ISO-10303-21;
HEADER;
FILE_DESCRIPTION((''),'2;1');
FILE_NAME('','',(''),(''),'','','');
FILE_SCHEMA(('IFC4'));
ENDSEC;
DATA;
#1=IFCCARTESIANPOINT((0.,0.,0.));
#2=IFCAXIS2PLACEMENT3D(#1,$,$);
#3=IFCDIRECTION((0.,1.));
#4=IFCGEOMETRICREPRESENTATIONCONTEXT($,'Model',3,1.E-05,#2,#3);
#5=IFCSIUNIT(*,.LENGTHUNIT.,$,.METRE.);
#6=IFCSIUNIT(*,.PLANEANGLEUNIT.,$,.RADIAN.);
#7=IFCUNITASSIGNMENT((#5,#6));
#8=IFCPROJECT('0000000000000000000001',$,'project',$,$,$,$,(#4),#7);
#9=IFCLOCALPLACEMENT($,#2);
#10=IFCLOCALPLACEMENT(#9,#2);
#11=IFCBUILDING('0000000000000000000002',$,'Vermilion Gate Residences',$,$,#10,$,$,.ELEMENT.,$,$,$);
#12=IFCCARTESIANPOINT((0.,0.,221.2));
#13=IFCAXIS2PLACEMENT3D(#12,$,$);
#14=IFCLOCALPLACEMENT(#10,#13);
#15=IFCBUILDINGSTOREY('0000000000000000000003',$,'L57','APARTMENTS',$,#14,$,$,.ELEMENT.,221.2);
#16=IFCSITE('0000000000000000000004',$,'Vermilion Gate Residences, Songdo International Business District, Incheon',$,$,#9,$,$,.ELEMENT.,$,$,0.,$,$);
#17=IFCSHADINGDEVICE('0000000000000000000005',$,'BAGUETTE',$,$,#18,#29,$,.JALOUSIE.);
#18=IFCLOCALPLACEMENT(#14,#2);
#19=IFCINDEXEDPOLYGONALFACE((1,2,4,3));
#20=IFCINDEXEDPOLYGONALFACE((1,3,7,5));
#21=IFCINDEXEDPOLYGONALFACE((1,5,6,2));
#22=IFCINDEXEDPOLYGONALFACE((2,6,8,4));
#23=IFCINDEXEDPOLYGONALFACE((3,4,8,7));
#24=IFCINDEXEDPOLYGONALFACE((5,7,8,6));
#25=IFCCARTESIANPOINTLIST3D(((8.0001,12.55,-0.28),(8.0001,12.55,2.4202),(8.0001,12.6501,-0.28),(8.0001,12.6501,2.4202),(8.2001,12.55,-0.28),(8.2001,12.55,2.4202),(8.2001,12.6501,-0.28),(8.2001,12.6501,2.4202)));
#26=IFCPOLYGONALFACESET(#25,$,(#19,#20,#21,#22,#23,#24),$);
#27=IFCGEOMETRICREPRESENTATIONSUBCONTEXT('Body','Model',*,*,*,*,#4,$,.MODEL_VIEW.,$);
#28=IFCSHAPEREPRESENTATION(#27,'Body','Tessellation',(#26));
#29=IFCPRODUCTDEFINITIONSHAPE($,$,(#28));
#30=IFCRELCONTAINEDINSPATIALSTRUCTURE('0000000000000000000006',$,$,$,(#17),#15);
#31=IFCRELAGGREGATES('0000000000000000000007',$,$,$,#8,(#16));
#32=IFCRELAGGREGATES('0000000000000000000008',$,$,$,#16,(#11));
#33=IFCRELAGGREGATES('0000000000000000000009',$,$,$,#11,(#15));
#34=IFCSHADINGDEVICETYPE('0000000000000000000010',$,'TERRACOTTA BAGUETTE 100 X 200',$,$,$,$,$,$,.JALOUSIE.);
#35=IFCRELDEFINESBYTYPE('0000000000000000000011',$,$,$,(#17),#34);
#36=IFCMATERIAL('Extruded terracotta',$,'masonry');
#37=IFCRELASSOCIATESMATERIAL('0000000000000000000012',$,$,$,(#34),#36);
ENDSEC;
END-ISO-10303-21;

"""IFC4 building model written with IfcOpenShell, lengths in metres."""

from ifc_helpers import new_model, si_unit, direction, frame, origin, origin_2d, place, context, subcontext, project, spatial, rectangle, extrude, material, material_profile, profile_set, type_object, element, save


model = new_model("IFC4")

# Units and contexts
model_context = context("Model", 3, precision=1e-05, world=origin(), true_north=direction((0.0, 1.0)))
body_context = subcontext(model_context, "Body", "Model", "MODEL_VIEW")
ifc_project = project(units=[si_unit("LENGTHUNIT", "METRE"), si_unit("PLANEANGLEUNIT", "RADIAN")], contexts=[model_context])

# Site, building, storey
site_placement = place(None, origin())
site = spatial("IfcSite", under=ifc_project, at=site_placement, Name="Vermilion Gate Residences, Songdo International Business District, Incheon", CompositionType="ELEMENT", RefElevation=0.0)
building_placement = place(site_placement, origin())
building = spatial("IfcBuilding", under=site, at=building_placement, Name="Vermilion Gate Residences", CompositionType="ELEMENT")
storey_placement = place(building_placement, frame((0.0, 0.0, 221.2)))
storey = spatial("IfcBuildingStorey", under=building, at=storey_placement, Name="L57", Description="APARTMENTS", CompositionType="ELEMENT", Elevation=221.2)

# Shading device
ifc_material_1 = material(Name="Extruded terracotta", Category="masonry")
ifc_material_profile_1 = material_profile(ifc_material_1, rectangle(XDim=0.2, YDim=0.1001, at=origin_2d()), Name="BAGUETTE 100 X 200")
ifc_profile_set_1 = profile_set([ifc_material_profile_1], Name="Extruded terracotta")
shading_device_type_1 = type_object("IfcShadingDeviceType", Name="TERRACOTTA BAGUETTE 100 X 200", PredefinedType="JALOUSIE", material=ifc_profile_set_1)
shading_device_1_placement = place(storey_placement, frame((8.1001, 12.6001, -0.28), z_axis=(0.0, 0.0, 1.0), x_axis=(1.0, 0.0, 0.0)))
element("IfcShadingDevice", 1, at=shading_device_1_placement, inside=storey, type_object=shading_device_type_1, Name="BAGUETTE", PredefinedType="JALOUSIE", context=body_context, shape_type="SweptSolid", body=[
    extrude(rectangle(XDim=0.2, YDim=0.1001, at=origin_2d()), origin(), (0.0, 0.0, 1.0), 2.7002),
])

save(model, "model.ifc")
